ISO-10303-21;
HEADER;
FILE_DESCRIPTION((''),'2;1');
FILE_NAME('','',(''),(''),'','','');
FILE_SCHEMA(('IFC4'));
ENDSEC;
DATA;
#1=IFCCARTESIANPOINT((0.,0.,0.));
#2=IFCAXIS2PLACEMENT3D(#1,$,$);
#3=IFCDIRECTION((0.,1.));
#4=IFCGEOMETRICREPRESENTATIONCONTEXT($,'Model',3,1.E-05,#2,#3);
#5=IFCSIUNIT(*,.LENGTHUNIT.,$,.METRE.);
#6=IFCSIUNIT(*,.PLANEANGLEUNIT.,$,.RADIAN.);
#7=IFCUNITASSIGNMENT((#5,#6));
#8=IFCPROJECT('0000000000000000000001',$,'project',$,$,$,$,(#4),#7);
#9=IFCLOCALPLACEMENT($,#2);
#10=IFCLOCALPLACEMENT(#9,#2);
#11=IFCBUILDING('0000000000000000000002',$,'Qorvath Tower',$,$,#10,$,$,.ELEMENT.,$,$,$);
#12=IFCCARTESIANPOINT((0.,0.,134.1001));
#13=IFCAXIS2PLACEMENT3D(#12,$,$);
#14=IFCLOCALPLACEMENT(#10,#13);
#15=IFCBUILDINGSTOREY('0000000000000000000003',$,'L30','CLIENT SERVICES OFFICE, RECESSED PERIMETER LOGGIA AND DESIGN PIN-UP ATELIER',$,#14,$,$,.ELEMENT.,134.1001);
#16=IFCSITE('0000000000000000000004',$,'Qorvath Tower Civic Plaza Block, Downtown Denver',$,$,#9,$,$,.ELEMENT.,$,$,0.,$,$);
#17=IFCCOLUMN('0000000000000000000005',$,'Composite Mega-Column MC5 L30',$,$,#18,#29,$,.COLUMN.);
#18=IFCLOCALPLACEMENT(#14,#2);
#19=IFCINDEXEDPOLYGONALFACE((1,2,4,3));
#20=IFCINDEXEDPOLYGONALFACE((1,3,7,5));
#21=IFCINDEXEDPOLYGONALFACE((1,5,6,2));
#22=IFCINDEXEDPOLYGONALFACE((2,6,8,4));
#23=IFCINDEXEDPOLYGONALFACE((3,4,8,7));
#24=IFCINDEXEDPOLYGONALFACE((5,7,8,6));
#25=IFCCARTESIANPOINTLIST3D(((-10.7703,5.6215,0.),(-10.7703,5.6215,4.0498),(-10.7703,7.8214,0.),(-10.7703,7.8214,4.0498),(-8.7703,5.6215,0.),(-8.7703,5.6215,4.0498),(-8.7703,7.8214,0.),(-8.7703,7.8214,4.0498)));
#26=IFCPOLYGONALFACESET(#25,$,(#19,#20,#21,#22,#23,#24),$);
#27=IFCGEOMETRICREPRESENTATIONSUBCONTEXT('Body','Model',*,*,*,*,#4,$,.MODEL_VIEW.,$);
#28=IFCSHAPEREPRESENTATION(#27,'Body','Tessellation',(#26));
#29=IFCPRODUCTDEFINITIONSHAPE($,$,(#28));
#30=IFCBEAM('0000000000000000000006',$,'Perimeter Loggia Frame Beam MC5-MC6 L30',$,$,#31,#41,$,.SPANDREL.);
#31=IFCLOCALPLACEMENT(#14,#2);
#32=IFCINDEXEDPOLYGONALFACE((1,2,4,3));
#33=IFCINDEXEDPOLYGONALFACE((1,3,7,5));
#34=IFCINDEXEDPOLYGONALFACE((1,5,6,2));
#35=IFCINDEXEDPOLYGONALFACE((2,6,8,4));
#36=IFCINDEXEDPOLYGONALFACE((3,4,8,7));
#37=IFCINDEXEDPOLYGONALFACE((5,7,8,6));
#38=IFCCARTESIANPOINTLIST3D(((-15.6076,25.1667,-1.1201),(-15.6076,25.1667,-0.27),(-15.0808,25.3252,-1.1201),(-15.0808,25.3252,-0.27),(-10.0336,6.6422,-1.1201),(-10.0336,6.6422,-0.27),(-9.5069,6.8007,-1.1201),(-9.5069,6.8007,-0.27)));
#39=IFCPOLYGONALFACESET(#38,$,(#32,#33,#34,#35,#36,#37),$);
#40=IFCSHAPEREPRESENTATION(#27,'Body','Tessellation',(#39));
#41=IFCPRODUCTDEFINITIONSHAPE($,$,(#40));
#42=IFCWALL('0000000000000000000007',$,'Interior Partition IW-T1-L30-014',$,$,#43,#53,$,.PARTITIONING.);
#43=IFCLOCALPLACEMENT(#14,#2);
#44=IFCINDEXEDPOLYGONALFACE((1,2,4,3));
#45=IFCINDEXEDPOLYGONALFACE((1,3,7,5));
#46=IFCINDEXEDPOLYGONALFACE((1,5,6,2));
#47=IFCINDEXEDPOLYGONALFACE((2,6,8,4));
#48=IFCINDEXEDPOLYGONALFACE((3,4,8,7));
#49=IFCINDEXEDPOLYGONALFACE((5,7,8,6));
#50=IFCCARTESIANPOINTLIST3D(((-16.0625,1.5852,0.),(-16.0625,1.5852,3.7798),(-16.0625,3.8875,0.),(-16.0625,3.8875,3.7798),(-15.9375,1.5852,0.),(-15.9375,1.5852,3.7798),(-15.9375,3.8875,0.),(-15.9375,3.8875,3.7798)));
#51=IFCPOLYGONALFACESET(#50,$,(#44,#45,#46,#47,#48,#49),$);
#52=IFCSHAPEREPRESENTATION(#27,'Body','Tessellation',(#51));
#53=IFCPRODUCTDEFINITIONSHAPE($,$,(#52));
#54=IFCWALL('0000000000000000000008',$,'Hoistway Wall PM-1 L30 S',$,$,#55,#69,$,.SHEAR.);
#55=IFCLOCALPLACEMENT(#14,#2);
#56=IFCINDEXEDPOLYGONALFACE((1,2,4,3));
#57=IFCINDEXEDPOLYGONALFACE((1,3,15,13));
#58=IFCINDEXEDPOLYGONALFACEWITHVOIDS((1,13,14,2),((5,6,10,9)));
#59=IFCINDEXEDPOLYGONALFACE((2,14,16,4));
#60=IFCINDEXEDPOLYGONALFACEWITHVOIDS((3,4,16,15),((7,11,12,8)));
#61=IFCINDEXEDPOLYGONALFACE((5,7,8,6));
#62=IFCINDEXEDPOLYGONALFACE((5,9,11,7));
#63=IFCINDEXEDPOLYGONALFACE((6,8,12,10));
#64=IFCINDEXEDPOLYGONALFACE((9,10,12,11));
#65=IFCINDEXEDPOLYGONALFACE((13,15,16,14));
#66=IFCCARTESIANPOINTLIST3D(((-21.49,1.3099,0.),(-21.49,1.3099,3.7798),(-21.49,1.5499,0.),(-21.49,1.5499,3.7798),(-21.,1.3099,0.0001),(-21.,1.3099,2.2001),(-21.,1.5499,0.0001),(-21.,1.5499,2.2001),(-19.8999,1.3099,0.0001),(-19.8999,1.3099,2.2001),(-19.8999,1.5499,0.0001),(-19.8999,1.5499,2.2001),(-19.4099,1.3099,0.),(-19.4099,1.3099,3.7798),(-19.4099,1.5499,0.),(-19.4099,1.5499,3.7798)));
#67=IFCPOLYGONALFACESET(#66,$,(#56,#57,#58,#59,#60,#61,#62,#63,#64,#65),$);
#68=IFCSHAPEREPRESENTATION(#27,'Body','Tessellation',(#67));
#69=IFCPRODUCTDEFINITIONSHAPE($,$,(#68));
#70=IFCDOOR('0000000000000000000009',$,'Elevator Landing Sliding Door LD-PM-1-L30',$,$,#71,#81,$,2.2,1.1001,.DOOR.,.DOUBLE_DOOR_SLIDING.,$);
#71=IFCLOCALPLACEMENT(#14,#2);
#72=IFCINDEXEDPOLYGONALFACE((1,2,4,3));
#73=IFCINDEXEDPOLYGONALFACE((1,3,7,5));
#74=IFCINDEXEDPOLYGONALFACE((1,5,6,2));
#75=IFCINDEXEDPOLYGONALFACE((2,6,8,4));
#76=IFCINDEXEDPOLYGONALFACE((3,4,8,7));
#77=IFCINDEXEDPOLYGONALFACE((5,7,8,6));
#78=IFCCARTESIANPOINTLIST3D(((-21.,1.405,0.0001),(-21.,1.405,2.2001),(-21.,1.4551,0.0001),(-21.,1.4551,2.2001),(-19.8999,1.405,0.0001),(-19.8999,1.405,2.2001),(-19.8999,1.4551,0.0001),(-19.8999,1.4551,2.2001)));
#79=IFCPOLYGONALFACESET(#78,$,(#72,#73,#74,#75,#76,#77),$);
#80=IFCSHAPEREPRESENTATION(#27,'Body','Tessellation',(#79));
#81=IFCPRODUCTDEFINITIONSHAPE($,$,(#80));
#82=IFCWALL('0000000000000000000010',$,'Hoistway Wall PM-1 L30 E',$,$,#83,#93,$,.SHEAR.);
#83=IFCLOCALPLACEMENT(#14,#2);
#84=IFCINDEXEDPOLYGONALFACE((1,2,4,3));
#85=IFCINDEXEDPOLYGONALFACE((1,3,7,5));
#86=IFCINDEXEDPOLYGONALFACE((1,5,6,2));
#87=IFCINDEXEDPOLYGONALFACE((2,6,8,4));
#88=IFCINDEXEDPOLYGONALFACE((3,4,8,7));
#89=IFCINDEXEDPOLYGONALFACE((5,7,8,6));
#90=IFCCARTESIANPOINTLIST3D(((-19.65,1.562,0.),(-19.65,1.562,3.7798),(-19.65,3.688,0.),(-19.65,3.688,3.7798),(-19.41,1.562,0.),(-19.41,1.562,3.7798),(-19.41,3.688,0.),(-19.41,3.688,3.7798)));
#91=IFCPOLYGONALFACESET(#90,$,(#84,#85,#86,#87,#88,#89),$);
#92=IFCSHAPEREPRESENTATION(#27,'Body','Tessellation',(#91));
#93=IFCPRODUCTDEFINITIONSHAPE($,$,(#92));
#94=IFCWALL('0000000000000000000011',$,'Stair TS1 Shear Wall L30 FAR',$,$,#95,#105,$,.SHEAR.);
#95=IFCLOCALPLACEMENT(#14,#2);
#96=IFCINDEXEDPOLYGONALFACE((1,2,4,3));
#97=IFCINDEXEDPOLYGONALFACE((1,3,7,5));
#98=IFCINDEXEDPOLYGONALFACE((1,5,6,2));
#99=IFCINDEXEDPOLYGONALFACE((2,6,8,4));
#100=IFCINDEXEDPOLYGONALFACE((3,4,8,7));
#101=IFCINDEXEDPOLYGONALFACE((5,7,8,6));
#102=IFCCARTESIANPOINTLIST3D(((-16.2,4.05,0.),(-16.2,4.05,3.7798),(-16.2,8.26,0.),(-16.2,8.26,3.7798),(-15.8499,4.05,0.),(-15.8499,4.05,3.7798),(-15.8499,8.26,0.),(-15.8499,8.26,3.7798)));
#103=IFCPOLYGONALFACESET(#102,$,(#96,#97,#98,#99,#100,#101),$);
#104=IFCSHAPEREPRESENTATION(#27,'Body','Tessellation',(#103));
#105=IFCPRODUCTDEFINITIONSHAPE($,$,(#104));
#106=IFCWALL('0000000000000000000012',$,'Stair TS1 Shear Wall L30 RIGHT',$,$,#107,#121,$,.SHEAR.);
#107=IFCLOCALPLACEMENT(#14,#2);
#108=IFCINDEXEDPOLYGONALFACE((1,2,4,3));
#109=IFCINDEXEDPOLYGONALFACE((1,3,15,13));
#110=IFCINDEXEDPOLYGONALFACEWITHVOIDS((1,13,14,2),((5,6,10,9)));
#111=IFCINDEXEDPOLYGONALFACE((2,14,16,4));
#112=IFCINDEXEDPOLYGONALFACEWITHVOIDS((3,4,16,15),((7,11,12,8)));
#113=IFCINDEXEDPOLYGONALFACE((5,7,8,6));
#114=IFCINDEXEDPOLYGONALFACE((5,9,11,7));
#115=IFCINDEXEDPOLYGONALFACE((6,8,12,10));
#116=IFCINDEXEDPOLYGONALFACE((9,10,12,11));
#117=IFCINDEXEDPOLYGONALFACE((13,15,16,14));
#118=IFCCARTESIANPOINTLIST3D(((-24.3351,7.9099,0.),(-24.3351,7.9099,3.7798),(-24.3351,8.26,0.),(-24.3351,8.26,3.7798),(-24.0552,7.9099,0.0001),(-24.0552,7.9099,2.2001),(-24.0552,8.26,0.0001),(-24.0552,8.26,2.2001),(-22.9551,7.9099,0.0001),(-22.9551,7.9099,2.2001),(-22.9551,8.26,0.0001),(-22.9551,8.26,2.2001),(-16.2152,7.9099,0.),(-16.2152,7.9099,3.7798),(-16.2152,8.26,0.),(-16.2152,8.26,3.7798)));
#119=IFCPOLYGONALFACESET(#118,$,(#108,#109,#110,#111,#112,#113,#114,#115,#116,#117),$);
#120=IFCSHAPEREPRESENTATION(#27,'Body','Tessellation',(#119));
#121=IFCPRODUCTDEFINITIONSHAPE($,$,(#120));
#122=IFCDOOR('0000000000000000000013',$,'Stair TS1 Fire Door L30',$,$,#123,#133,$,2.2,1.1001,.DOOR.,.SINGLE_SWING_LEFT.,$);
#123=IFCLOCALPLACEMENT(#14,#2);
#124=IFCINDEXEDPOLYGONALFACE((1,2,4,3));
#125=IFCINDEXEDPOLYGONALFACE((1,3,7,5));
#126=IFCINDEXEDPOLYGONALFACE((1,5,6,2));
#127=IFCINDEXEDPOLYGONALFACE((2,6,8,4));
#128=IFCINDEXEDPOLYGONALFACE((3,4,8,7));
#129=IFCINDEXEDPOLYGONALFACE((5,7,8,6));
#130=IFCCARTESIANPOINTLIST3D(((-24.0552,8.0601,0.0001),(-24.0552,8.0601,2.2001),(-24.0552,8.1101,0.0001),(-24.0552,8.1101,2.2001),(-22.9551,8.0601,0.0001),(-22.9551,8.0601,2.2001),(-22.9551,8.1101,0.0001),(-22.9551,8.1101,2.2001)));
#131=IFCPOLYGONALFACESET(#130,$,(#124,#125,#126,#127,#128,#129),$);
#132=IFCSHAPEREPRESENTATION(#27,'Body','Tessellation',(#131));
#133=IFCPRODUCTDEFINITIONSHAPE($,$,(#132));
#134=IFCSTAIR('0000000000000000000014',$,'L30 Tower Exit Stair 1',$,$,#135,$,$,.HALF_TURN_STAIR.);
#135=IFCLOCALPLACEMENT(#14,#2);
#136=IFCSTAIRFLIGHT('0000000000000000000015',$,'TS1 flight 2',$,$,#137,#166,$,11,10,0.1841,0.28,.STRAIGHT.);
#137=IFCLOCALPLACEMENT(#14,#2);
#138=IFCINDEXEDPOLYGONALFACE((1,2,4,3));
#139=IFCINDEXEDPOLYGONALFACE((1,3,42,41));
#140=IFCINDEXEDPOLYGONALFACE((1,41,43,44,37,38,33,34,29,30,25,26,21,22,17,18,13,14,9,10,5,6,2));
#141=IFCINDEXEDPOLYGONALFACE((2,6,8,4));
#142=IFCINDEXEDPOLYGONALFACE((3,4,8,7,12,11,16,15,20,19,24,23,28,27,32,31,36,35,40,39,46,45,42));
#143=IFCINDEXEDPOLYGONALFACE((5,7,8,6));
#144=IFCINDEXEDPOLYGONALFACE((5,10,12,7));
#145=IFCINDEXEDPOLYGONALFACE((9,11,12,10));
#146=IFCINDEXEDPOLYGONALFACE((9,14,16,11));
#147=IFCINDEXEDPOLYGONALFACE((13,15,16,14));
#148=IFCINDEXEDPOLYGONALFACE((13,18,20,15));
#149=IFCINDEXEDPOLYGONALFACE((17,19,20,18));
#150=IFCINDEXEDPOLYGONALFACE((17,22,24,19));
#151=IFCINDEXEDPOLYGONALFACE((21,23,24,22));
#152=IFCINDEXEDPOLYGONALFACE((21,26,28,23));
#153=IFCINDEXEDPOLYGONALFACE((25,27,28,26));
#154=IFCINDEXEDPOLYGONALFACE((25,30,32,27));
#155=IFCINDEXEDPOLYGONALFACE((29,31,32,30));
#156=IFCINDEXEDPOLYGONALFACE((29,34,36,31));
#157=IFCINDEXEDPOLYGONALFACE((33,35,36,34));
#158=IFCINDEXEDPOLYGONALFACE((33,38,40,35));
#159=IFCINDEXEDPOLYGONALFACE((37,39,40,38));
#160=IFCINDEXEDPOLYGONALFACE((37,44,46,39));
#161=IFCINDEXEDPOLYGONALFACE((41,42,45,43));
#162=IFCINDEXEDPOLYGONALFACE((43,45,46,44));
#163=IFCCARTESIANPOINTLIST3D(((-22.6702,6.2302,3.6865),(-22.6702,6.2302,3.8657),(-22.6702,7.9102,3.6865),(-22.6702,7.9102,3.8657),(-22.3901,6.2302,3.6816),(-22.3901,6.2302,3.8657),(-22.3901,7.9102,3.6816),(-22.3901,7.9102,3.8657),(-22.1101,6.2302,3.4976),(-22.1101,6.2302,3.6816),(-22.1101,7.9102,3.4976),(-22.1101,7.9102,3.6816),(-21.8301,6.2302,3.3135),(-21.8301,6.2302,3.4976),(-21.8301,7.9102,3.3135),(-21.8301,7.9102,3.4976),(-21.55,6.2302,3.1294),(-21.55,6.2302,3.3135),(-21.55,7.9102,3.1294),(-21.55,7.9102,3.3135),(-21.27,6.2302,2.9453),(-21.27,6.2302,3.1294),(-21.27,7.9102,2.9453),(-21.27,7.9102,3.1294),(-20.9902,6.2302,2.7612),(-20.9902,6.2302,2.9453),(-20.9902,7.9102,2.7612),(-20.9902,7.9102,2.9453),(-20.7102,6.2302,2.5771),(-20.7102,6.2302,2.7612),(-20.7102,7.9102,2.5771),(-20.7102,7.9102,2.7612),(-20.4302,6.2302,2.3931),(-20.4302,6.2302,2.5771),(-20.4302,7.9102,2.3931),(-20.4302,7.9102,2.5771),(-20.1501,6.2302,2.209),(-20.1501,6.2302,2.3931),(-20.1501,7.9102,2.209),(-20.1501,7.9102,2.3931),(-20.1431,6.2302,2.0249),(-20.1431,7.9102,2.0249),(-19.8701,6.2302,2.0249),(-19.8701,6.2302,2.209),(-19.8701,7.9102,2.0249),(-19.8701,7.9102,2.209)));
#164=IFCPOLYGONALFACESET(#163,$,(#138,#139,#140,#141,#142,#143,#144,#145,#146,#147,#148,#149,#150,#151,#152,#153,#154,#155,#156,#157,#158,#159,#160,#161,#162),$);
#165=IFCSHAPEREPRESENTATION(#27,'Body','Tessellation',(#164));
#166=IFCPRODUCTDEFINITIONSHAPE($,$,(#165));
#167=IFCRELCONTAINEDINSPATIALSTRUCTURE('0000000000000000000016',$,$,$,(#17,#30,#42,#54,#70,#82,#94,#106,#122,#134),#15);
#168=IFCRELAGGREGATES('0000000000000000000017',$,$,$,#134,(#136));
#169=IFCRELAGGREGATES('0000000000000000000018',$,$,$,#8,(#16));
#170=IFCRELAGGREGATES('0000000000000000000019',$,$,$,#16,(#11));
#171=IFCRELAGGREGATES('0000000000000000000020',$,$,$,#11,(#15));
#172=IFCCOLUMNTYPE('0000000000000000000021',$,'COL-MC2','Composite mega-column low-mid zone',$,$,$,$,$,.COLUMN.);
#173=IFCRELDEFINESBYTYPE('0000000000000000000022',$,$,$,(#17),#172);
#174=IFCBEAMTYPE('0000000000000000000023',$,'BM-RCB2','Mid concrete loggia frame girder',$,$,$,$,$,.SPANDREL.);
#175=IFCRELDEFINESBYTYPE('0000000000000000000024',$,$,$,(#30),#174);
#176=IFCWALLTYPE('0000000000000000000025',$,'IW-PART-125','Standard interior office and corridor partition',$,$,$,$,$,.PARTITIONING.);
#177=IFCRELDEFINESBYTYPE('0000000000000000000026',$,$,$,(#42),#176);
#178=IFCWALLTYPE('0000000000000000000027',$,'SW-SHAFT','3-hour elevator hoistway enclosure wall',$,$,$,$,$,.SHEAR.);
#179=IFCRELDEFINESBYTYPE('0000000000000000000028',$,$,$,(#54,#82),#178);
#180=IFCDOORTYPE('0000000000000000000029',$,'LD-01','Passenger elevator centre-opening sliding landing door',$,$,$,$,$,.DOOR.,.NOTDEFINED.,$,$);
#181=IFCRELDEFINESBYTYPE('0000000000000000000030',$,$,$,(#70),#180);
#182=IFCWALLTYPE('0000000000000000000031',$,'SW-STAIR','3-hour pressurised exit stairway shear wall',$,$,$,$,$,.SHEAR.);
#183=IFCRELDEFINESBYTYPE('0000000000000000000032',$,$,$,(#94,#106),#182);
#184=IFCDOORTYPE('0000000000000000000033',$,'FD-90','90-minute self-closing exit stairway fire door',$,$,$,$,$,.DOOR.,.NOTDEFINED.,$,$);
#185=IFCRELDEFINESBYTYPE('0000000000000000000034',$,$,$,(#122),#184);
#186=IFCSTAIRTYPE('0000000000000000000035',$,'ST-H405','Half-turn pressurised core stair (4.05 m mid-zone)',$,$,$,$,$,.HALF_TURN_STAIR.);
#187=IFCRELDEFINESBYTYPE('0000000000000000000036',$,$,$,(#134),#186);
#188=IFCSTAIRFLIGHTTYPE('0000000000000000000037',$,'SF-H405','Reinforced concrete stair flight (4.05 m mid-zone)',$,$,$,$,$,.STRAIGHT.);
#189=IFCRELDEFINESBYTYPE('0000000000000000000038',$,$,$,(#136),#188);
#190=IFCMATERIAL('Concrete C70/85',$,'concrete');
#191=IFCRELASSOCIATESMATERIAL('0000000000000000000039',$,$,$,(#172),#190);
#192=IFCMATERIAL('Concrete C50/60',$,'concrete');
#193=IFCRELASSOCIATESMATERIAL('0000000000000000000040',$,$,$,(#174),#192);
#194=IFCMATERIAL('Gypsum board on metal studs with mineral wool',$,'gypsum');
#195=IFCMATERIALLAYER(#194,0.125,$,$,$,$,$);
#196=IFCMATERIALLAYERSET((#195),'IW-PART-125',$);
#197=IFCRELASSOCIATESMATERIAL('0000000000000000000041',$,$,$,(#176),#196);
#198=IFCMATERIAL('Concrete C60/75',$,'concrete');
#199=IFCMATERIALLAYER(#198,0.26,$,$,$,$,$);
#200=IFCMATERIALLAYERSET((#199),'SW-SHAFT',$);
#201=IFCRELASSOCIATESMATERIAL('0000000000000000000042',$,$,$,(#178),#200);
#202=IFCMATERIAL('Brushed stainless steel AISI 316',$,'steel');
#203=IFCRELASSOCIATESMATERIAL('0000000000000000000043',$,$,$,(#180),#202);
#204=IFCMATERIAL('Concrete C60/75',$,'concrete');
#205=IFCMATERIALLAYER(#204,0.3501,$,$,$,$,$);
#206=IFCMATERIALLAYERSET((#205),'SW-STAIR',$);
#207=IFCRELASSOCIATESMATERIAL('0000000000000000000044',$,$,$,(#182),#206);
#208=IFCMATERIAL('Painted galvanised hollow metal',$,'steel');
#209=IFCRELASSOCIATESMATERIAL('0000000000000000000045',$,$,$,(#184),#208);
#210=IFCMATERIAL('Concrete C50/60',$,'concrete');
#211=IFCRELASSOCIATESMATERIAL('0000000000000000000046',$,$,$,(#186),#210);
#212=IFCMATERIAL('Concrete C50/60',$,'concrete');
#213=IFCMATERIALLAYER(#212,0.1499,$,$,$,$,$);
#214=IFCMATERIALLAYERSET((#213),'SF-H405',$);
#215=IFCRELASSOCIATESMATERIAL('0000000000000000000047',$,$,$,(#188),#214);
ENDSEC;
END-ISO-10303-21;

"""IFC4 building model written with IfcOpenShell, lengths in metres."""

from ifc_helpers import new_model, si_unit, direction, frame, frame_2d, origin, origin_2d, place, context, subcontext, project, spatial, polyline, rectangle, outline, extrude, material, layer, layer_set, material_profile, profile_set, type_object, element, fill, aggregate, save


model = new_model("IFC4")

# Units and contexts
model_context = context("Model", 3, precision=1e-05, world=origin(), true_north=direction((0.0, 1.0)))
body_context = subcontext(model_context, "Body", "Model", "MODEL_VIEW")
ifc_project = project(units=[si_unit("LENGTHUNIT", "METRE"), si_unit("PLANEANGLEUNIT", "RADIAN")], contexts=[model_context])

# Site, building, storey
site_placement = place(None, origin())
site = spatial("IfcSite", under=ifc_project, at=site_placement, Name="Qorvath Tower Civic Plaza Block, Downtown Denver", CompositionType="ELEMENT", RefElevation=0.0)
building_placement = place(site_placement, origin())
building = spatial("IfcBuilding", under=site, at=building_placement, Name="Qorvath Tower", CompositionType="ELEMENT")
storey_placement = place(building_placement, frame((0.0, 0.0, 134.1001)))
storey = spatial("IfcBuildingStorey", under=building, at=storey_placement, Name="L30", Description="CLIENT SERVICES OFFICE, RECESSED PERIMETER LOGGIA AND DESIGN PIN-UP ATELIER", CompositionType="ELEMENT", Elevation=134.1001)

# Column
ifc_material_1 = material(Name="Concrete C70/85", Category="concrete")
ifc_material_profile_1 = material_profile(ifc_material_1, rectangle(XDim=2.0, YDim=2.2, at=origin_2d()), Name="MC 2200x2000")
ifc_profile_set_1 = profile_set([ifc_material_profile_1], Name="Concrete C70/85")
column_type = type_object("IfcColumnType", Name="COL-MC2", Description="Composite mega-column low-mid zone", PredefinedType="COLUMN", material=ifc_profile_set_1)
column_placement = place(storey_placement, frame((-9.7703, 6.7214, 0.0), z_axis=(0.0, 0.0, 1.0), x_axis=(1.0, 0.0, 0.0)))
element("IfcColumn", 1, at=column_placement, inside=storey, type_object=column_type, Name="Composite Mega-Column MC5 L30", PredefinedType="COLUMN", context=body_context, shape_type="SweptSolid", body=[
    extrude(rectangle(XDim=2.0, YDim=2.2, at=origin_2d()), origin(), (0.0, 0.0, 1.0), 4.0498),
])

# Beam
ifc_material_2 = material(Name="Concrete C50/60", Category="concrete")
ifc_material_profile_2 = material_profile(ifc_material_2, rectangle(XDim=0.55, YDim=0.8501, at=origin_2d()), Name="RCB 850x550")
ifc_profile_set_2 = profile_set([ifc_material_profile_2], Name="Concrete C50/60")
beam_type = type_object("IfcBeamType", Name="BM-RCB2", Description="Mid concrete loggia frame girder", PredefinedType="SPANDREL", material=ifc_profile_set_2)
beam_placement = place(storey_placement, frame((-9.7703, 6.7214, -0.6951), z_axis=(-0.288134, 0.95759, 0.0), x_axis=(-0.95759, -0.288134, 0.0)))
element("IfcBeam", 2, at=beam_placement, inside=storey, type_object=beam_type, Name="Perimeter Loggia Frame Beam MC5-MC6 L30", PredefinedType="SPANDREL", context=body_context, shape_type="SweptSolid", body=[
    extrude(rectangle(XDim=0.55, YDim=0.8501, at=origin_2d()), origin(), (0.0, 0.0, 1.0), 19.345),
])

# Shared definitions
ifc_material_3 = material(Name="Gypsum board on metal studs with mineral wool", Category="gypsum")
ifc_layer_1 = layer(ifc_material_3, 0.125)
ifc_layer_set_1 = layer_set([ifc_layer_1], Name="IW-PART-125")
wall_type_1 = type_object("IfcWallType", Name="IW-PART-125", Description="Standard interior office and corridor partition", PredefinedType="PARTITIONING", material=ifc_layer_set_1)

# Wall
wall_1_placement = place(storey_placement, frame((-16.0, 1.5852, 0.0), z_axis=(0.0, 0.0, 1.0), x_axis=(0.0, 1.0, 0.0)))
element("IfcWall", 3, at=wall_1_placement, inside=storey, type_object=wall_type_1, Name="Interior Partition IW-T1-L30-014", PredefinedType="PARTITIONING", context=body_context, shape_type="SweptSolid", body=[
    extrude(rectangle(XDim=2.3022, YDim=0.125, at=frame_2d((1.1511, 0.0))), origin(), (0.0, 0.0, 1.0), 3.7798),
])

# Wall, opening, door
ifc_material_4 = material(Name="Concrete C60/75", Category="concrete")
ifc_layer_2 = layer(ifc_material_4, 0.26)
ifc_layer_set_2 = layer_set([ifc_layer_2], Name="SW-SHAFT")
wall_type_2 = type_object("IfcWallType", Name="SW-SHAFT", Description="3-hour elevator hoistway enclosure wall", PredefinedType="SHEAR", material=ifc_layer_set_2)
wall_2_placement = place(storey_placement, frame((-19.4099, 1.4299, 0.0), z_axis=(0.0, 0.0, 1.0), x_axis=(-1.0, 0.0, 0.0)))
wall_2 = element("IfcWall", 4, at=wall_2_placement, inside=storey, type_object=wall_type_2, Name="Hoistway Wall PM-1 L30 S", PredefinedType="SHEAR", context=body_context, shape_type="SweptSolid", body=[
    extrude(rectangle(XDim=2.0801, YDim=0.24, at=frame_2d((1.04, 0.0))), origin(), (0.0, 0.0, 1.0), 3.7798),
])
opening_1_placement = place(wall_2_placement, frame((0.49, 0.0, 0.0)))
opening_1 = element("IfcOpeningElement", 5, at=opening_1_placement, cuts=wall_2, PredefinedType="OPENING", context=body_context, shape_type="SweptSolid", body=[
    extrude(rectangle(XDim=1.1001, YDim=2.2, at=frame_2d((0.55, 1.1001))), frame((0.0, 0.1299, 0.0), z_axis=(0.0, -1.0, 0.0), x_axis=(1.0, 0.0, 0.0)), (0.0, 0.0, 1.0), 0.26),
])
ifc_material_5 = material(Name="Brushed stainless steel AISI 316", Category="steel")
door_type_1 = type_object("IfcDoorType", Name="LD-01", Description="Passenger elevator centre-opening sliding landing door", OperationType="NOTDEFINED", PredefinedType="DOOR", material=ifc_material_5)
door_1_placement = place(opening_1_placement, origin())
door_1 = element("IfcDoor", 6, at=door_1_placement, inside=storey, type_object=door_type_1, Name="Elevator Landing Sliding Door LD-PM-1-L30", OperationType="DOUBLE_DOOR_SLIDING", OverallHeight=2.2, OverallWidth=1.1001, PredefinedType="DOOR", context=body_context, shape_type="SweptSolid", body=[
    extrude(rectangle(XDim=1.1001, YDim=2.2, at=frame_2d((0.55, 1.1001))), frame((0.0, 0.0249, 0.0), z_axis=(0.0, -1.0, 0.0), x_axis=(1.0, 0.0, 0.0)), (0.0, 0.0, 1.0), 0.05),
])
fill(opening_1, door_1)

# Walls
wall_3_placement = place(storey_placement, frame((-19.53, 3.688, 0.0), z_axis=(0.0, 0.0, 1.0), x_axis=(0.0, -1.0, 0.0)))
element("IfcWall", 7, at=wall_3_placement, inside=storey, type_object=wall_type_2, Name="Hoistway Wall PM-1 L30 E", PredefinedType="SHEAR", context=body_context, shape_type="SweptSolid", body=[
    extrude(rectangle(XDim=2.126, YDim=0.24, at=frame_2d((1.063, 0.0))), origin(), (0.0, 0.0, 1.0), 3.7798),
])
ifc_material_6 = material(Name="Concrete C60/75", Category="concrete")
ifc_layer_3 = layer(ifc_material_6, 0.3501)
ifc_layer_set_3 = layer_set([ifc_layer_3], Name="SW-STAIR")
wall_type_3 = type_object("IfcWallType", Name="SW-STAIR", Description="3-hour pressurised exit stairway shear wall", PredefinedType="SHEAR", material=ifc_layer_set_3)
wall_4_placement = place(storey_placement, frame((-16.0249, 4.05, 0.0), z_axis=(0.0, 0.0, 1.0), x_axis=(0.0, 1.0, 0.0)))
element("IfcWall", 8, at=wall_4_placement, inside=storey, type_object=wall_type_3, Name="Stair TS1 Shear Wall L30 FAR", PredefinedType="SHEAR", context=body_context, shape_type="SweptSolid", body=[
    extrude(rectangle(XDim=4.21, YDim=0.3501, at=frame_2d((2.105, 0.0))), origin(), (0.0, 0.0, 1.0), 3.7798),
])

# Wall, opening, door
wall_5_placement = place(storey_placement, frame((-16.2151, 8.085, 0.0), z_axis=(0.0, 0.0, 1.0), x_axis=(-1.0, 0.0, 0.0)))
wall_5 = element("IfcWall", 9, at=wall_5_placement, inside=storey, type_object=wall_type_3, Name="Stair TS1 Shear Wall L30 RIGHT", PredefinedType="SHEAR", context=body_context, shape_type="SweptSolid", body=[
    extrude(rectangle(XDim=8.1199, YDim=0.3501, at=frame_2d((4.0601, 0.0))), origin(), (0.0, 0.0, 1.0), 3.7798),
])
opening_2_placement = place(wall_5_placement, frame((6.74, 0.0, 0.0)))
opening_2 = element("IfcOpeningElement", 10, at=opening_2_placement, cuts=wall_5, PredefinedType="OPENING", context=body_context, shape_type="SweptSolid", body=[
    extrude(rectangle(XDim=1.1001, YDim=2.2, at=frame_2d((0.55, 1.1001))), frame((0.0, 0.1851, 0.0), z_axis=(0.0, -1.0, 0.0), x_axis=(1.0, 0.0, 0.0)), (0.0, 0.0, 1.0), 0.3701),
])
ifc_material_7 = material(Name="Painted galvanised hollow metal", Category="steel")
door_type_2 = type_object("IfcDoorType", Name="FD-90", Description="90-minute self-closing exit stairway fire door", OperationType="NOTDEFINED", PredefinedType="DOOR", material=ifc_material_7)
door_2_placement = place(opening_2_placement, origin())
door_2 = element("IfcDoor", 11, at=door_2_placement, inside=storey, type_object=door_type_2, Name="Stair TS1 Fire Door L30", OperationType="SINGLE_SWING_LEFT", OverallHeight=2.2, OverallWidth=1.1001, PredefinedType="DOOR", context=body_context, shape_type="SweptSolid", body=[
    extrude(rectangle(XDim=1.1001, YDim=2.2, at=frame_2d((0.55, 1.1001))), frame((0.0, 0.0249, 0.0), z_axis=(0.0, -1.0, 0.0), x_axis=(1.0, 0.0, 0.0)), (0.0, 0.0, 1.0), 0.05),
])
fill(opening_2, door_2)

# Stair, stair flight
ifc_material_8 = material(Name="Concrete C50/60", Category="concrete")
stair_type = type_object("IfcStairType", Name="ST-H405", Description="Half-turn pressurised core stair (4.05 m mid-zone)", PredefinedType="HALF_TURN_STAIR", material=ifc_material_8)
stair_placement = place(storey_placement, origin())
stair = element("IfcStair", 12, at=stair_placement, inside=storey, type_object=stair_type, Name="L30 Tower Exit Stair 1", PredefinedType="HALF_TURN_STAIR")
ifc_material_9 = material(Name="Concrete C50/60", Category="concrete")
ifc_layer_4 = layer(ifc_material_9, 0.1499)
ifc_layer_set_4 = layer_set([ifc_layer_4], Name="SF-H405")
stair_flight_type = type_object("IfcStairFlightType", Name="SF-H405", Description="Reinforced concrete stair flight (4.05 m mid-zone)", PredefinedType="STRAIGHT", material=ifc_layer_set_4)
stair_flight_placement = place(storey_placement, frame((-19.8701, 7.0701, 2.0249), z_axis=(0.0, 0.0, 1.0), x_axis=(-1.0, 0.0, 0.0)))
stair_flight = element("IfcStairFlight", 13, at=stair_flight_placement, type_object=stair_flight_type, Name="TS1 flight 2", NumberOfRisers=11, NumberOfTreads=10, PredefinedType="STRAIGHT", RiserHeight=0.1841, TreadLength=0.28, context=body_context, shape_type="SweptSolid", body=[
    extrude(outline(polyline([(0.0, 0.0), (0.0, 0.1841), (0.28, 0.1841), (0.28, 0.3682), (0.5601, 0.3682), (0.5601, 0.5522), (0.8401, 0.5522), (0.8401, 0.7363), (1.1201, 0.7363), (1.1201, 0.9204), (1.3999, 0.9204), (1.3999, 1.1045), (1.6799, 1.1045), (1.6799, 1.2886), (1.96, 1.2886), (1.96, 1.4727), (2.24, 1.4727), (2.24, 1.6567), (2.52, 1.6567), (2.52, 1.8408), (2.8, 1.8408), (2.8, 2.0249), (2.8, 1.6616), (0.2729, 0.0), (0.0, 0.0)])), frame((0.0, 0.8398, 0.0), z_axis=(0.0, -1.0, 0.0), x_axis=(1.0, 0.0, 0.0)), (0.0, 0.0, 1.0), 1.6799),
])
aggregate(stair, [stair_flight])

save(model, "model.ifc")
